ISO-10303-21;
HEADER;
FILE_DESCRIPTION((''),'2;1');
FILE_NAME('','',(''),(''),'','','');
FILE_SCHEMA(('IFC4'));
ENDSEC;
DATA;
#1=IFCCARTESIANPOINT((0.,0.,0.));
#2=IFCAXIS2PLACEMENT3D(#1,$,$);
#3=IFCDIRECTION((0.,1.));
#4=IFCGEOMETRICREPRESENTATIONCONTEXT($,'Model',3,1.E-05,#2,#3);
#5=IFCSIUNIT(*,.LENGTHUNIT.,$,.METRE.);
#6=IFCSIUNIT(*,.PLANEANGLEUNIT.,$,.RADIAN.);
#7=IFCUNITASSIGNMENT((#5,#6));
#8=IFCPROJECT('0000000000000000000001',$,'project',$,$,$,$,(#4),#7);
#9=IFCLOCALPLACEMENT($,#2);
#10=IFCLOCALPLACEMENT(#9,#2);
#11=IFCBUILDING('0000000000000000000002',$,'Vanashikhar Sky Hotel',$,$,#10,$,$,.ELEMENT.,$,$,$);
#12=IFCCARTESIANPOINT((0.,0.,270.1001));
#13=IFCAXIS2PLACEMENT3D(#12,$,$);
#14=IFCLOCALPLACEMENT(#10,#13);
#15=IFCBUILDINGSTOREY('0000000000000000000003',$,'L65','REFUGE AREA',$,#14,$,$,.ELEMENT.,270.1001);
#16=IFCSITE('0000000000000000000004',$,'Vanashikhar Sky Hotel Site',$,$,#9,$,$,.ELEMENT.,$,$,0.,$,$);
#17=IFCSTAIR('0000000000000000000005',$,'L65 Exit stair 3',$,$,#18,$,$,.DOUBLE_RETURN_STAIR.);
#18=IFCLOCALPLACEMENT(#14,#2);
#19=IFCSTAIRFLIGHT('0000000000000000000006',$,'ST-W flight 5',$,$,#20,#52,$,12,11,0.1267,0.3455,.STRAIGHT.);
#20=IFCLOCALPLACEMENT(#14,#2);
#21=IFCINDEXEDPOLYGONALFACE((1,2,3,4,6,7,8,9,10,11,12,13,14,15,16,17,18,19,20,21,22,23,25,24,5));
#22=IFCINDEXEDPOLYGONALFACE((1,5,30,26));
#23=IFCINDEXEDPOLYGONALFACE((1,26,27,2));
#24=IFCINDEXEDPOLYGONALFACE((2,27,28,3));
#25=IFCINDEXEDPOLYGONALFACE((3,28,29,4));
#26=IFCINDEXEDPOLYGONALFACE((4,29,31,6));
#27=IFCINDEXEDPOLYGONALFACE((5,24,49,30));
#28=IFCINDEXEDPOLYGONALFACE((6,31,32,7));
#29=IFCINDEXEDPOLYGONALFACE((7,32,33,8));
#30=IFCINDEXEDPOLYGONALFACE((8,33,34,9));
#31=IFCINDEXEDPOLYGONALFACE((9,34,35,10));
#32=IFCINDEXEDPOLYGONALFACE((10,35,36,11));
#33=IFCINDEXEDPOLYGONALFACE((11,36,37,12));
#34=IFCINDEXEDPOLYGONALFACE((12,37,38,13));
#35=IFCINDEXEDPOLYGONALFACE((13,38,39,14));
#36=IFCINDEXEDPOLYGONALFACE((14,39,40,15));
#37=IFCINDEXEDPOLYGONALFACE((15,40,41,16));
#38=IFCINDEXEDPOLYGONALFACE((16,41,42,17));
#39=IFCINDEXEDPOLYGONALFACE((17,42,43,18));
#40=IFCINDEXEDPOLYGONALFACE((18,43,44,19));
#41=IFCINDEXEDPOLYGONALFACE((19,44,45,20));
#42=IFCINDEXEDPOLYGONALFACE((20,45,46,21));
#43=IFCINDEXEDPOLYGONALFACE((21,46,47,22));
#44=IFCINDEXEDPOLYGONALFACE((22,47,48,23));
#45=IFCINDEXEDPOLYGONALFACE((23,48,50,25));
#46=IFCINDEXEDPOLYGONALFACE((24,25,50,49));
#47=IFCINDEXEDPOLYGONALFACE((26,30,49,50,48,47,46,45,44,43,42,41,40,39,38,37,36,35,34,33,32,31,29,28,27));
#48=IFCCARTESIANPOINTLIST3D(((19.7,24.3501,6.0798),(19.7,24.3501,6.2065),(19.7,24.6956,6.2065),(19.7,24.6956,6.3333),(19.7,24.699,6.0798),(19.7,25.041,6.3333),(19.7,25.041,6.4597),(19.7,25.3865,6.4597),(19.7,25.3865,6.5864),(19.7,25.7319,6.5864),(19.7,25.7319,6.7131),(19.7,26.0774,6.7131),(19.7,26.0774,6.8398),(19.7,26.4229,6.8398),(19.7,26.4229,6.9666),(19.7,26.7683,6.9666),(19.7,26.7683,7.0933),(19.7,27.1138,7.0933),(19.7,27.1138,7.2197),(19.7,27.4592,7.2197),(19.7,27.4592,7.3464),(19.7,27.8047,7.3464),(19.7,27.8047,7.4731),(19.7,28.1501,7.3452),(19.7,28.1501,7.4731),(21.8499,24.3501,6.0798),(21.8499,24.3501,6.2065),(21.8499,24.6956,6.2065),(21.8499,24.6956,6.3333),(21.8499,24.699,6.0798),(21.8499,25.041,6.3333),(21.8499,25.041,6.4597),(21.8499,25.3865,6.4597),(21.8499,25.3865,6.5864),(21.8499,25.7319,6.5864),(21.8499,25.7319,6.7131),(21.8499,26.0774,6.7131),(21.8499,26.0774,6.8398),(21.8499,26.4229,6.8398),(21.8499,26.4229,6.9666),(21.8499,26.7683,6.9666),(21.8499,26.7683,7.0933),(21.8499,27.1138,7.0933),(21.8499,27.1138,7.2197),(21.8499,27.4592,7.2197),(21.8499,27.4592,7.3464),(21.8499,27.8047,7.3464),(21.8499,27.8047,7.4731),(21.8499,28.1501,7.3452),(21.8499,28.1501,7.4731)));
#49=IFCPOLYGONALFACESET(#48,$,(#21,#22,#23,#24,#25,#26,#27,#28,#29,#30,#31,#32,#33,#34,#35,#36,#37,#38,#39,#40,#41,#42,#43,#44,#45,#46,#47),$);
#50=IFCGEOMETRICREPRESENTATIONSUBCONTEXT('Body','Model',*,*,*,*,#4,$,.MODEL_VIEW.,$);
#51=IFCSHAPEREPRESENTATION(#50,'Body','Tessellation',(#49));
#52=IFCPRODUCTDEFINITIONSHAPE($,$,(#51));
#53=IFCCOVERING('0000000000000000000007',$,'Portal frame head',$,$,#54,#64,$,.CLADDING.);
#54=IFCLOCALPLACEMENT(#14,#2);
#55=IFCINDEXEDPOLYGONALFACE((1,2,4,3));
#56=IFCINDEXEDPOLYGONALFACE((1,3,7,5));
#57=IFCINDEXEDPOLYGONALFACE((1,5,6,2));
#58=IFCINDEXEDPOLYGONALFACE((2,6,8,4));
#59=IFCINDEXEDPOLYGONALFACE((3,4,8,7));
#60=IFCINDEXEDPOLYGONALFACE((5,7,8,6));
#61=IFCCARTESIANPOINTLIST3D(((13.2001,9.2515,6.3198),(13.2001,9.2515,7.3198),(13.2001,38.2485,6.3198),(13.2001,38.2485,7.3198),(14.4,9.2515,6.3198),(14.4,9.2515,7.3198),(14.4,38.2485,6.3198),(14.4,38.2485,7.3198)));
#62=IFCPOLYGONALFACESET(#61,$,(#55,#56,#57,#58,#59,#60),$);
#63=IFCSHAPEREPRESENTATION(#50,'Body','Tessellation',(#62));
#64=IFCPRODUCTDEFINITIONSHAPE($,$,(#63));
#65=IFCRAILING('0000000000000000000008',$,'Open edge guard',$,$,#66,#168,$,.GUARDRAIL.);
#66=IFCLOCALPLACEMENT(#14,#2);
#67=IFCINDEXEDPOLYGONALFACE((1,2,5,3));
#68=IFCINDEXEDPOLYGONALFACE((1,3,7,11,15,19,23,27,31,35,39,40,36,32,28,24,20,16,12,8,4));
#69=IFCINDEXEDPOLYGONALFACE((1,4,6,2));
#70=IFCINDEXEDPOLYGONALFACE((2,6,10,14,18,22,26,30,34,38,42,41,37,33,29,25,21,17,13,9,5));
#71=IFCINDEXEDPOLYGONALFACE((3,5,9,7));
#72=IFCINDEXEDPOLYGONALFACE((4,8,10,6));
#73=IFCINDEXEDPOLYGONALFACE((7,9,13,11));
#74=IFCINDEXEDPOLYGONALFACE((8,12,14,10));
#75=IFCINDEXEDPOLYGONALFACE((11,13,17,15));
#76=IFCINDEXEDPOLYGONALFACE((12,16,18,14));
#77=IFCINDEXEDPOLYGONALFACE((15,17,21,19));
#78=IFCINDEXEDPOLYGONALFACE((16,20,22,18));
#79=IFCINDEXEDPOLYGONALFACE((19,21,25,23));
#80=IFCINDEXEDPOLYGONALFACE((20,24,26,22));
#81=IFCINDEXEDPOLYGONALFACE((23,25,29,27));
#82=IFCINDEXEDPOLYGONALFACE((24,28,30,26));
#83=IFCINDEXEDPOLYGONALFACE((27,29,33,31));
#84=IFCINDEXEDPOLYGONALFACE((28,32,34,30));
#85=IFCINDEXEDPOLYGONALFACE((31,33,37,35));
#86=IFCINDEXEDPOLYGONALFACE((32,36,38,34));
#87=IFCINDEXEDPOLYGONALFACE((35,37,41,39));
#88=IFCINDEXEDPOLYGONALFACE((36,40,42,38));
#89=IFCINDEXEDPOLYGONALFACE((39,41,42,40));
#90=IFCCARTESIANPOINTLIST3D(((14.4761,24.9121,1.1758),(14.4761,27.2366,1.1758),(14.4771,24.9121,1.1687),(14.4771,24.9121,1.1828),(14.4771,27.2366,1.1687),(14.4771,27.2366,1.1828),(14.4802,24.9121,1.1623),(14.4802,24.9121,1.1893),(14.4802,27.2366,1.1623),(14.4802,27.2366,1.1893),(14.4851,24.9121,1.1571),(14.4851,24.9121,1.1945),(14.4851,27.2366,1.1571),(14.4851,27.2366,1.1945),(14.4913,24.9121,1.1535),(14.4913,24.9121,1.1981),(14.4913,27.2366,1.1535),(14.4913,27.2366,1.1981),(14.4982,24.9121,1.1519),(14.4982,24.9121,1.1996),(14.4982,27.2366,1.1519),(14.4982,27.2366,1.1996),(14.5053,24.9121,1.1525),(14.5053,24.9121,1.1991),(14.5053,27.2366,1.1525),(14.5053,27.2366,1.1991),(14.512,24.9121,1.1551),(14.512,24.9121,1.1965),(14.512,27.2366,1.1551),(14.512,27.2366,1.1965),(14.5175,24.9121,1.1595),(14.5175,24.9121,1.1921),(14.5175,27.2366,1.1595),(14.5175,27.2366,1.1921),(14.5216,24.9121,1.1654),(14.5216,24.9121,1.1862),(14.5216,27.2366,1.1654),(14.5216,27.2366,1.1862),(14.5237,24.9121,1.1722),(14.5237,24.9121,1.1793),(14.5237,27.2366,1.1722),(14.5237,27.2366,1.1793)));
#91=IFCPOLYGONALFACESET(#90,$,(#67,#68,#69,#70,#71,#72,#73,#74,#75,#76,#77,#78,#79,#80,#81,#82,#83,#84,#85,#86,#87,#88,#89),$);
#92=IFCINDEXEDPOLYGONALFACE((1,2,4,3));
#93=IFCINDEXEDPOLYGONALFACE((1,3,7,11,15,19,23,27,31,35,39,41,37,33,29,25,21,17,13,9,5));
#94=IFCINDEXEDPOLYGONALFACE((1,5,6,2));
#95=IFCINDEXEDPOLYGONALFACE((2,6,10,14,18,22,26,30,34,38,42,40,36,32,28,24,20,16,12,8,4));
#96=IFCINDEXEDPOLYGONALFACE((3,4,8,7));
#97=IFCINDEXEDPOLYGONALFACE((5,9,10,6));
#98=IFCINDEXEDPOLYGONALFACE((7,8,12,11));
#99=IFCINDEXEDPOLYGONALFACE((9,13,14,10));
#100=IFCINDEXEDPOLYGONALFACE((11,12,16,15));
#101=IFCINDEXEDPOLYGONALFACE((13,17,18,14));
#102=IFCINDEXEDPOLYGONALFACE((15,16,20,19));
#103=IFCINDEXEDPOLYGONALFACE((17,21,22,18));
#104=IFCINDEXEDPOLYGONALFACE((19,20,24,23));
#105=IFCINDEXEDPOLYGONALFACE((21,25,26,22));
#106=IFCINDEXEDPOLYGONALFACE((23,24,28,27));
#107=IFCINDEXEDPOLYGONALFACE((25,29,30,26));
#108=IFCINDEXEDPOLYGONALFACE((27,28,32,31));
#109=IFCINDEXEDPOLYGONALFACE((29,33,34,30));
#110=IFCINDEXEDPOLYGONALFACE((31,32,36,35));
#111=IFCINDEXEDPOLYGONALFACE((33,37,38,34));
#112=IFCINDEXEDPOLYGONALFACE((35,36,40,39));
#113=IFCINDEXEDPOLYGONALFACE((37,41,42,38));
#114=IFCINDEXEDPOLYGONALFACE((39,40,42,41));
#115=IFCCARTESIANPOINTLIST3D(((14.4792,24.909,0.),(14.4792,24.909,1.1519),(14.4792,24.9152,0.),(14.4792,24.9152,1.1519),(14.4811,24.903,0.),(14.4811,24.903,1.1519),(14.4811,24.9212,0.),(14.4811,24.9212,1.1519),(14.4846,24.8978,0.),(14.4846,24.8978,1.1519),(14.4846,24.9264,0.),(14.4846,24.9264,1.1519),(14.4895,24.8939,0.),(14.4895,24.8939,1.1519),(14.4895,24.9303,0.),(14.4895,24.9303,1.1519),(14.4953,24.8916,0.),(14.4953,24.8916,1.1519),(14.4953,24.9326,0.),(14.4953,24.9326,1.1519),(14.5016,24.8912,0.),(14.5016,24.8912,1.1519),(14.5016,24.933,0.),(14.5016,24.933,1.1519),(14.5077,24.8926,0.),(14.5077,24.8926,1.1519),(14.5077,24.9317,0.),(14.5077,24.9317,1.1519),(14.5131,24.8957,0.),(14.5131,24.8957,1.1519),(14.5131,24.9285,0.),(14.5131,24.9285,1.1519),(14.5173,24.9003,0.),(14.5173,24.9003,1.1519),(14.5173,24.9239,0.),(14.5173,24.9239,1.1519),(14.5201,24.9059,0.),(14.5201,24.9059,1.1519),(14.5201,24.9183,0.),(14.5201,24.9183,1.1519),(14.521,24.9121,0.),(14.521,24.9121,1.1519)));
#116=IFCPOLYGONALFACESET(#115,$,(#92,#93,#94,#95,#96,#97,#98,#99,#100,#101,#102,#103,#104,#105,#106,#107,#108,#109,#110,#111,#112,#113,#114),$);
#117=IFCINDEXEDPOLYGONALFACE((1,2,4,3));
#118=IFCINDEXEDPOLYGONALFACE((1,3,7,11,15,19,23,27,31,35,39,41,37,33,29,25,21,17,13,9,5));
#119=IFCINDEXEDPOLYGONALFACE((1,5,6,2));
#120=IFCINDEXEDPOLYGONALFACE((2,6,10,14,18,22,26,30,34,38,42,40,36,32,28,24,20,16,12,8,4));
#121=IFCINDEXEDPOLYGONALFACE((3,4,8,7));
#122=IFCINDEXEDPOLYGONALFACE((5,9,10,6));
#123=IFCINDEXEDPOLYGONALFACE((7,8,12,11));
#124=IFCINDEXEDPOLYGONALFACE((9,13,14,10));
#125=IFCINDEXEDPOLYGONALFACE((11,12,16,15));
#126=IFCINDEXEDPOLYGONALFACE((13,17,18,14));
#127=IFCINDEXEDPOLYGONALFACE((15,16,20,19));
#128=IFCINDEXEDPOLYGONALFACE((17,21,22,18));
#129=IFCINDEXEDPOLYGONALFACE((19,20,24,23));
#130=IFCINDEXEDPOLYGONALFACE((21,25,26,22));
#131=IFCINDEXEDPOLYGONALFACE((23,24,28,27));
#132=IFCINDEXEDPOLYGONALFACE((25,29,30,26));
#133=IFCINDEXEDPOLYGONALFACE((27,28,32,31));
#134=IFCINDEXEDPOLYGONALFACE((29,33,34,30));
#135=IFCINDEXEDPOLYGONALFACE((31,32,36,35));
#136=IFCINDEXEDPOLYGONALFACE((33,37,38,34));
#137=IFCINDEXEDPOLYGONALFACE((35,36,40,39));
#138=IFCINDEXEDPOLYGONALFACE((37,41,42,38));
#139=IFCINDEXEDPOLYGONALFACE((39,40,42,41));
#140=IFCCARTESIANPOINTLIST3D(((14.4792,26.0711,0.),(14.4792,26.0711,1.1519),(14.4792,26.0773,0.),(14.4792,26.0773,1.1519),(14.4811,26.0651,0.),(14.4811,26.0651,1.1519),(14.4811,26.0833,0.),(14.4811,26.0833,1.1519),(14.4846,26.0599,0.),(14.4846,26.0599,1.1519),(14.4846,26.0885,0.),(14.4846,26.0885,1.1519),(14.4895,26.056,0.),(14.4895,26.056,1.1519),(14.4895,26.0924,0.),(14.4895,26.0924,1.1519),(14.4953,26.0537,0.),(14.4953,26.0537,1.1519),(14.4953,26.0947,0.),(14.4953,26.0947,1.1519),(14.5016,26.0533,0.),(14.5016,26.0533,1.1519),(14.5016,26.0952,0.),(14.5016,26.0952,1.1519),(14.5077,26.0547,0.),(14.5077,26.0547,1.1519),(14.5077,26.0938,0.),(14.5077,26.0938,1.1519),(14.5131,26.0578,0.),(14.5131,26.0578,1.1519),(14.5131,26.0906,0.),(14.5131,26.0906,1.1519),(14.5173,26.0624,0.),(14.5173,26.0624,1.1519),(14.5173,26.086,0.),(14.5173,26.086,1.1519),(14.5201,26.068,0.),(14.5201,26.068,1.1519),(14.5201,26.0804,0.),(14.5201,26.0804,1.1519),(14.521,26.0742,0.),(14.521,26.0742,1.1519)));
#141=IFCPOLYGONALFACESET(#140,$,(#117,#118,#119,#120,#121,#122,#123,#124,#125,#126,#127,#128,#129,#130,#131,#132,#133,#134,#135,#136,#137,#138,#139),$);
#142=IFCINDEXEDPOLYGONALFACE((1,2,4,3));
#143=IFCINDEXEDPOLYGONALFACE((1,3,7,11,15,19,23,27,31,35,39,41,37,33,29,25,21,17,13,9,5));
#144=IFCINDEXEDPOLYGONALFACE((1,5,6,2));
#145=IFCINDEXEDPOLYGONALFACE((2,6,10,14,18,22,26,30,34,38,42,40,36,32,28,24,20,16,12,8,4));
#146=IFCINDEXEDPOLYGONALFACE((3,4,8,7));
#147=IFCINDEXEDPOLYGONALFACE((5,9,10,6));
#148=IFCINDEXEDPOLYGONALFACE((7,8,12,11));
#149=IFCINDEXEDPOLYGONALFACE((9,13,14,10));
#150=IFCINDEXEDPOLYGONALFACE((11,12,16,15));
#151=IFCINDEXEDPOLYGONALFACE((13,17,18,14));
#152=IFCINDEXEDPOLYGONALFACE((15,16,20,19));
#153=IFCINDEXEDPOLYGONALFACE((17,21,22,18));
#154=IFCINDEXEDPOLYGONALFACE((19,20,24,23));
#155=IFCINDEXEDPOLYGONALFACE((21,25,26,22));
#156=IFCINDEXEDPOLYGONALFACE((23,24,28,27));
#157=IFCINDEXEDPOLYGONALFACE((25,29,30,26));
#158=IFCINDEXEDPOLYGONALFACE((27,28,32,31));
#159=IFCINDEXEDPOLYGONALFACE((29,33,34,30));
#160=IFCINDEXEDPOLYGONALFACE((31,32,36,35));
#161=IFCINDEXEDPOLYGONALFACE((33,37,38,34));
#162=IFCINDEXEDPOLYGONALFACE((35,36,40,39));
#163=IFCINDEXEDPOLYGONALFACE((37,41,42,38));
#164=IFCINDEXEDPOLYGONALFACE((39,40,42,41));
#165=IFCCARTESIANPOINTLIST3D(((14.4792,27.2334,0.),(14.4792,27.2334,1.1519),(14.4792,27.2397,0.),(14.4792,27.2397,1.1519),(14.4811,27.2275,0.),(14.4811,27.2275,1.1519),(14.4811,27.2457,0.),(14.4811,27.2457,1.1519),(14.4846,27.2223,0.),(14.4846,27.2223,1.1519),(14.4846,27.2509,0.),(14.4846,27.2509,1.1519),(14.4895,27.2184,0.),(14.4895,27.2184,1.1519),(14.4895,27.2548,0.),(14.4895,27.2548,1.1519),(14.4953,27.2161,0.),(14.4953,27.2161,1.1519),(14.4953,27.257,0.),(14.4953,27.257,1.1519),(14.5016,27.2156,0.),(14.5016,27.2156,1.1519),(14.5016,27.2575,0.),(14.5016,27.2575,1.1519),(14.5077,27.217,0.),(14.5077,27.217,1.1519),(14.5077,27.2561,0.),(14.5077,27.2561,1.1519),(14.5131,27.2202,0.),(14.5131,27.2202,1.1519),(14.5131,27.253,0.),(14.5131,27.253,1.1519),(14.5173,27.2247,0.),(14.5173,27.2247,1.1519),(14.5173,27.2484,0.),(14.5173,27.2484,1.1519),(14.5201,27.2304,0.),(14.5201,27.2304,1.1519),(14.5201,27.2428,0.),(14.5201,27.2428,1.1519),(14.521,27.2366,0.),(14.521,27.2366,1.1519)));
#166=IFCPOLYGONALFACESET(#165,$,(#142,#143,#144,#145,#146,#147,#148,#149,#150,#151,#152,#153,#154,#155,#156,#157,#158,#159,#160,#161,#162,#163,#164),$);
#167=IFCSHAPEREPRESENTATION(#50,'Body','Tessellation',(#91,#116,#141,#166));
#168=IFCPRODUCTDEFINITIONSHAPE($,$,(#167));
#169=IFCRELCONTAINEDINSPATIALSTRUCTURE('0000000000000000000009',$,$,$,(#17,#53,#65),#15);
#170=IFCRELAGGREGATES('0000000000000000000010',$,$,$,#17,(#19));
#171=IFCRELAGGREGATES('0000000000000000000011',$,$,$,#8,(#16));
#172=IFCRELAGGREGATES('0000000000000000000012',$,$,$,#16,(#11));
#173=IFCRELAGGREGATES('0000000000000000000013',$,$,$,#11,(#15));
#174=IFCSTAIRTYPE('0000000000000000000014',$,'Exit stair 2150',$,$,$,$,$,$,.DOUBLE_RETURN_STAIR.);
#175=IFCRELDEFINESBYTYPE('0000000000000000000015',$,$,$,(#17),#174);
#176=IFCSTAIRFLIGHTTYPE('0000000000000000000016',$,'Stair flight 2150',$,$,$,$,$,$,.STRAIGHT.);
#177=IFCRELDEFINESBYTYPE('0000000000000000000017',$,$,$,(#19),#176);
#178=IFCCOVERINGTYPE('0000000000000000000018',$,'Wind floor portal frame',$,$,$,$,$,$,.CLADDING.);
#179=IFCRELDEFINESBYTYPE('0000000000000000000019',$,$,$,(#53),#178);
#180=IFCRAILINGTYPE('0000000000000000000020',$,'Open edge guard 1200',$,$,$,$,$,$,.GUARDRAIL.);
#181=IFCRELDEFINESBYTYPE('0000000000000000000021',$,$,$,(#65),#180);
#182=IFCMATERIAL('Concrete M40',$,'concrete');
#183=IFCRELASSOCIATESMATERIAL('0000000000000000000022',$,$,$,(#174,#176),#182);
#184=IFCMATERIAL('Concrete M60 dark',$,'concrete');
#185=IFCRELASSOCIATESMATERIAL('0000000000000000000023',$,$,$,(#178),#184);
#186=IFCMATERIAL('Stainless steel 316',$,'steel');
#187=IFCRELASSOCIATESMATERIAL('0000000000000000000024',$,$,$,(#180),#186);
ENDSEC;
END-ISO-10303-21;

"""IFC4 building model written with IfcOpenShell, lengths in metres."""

from ifc_helpers import new_model, si_unit, direction, frame, origin, origin_2d, place, context, subcontext, project, spatial, polyline, rectangle, circle, outline, extrude, source, transform, mapped, material, type_object, element, aggregate, save


model = new_model("IFC4")

# Units and contexts
model_context = context("Model", 3, precision=1e-05, world=origin(), true_north=direction((0.0, 1.0)))
body_context = subcontext(model_context, "Body", "Model", "MODEL_VIEW")
ifc_project = project(units=[si_unit("LENGTHUNIT", "METRE"), si_unit("PLANEANGLEUNIT", "RADIAN")], contexts=[model_context])

# Site, building, storey
site_placement = place(None, origin())
site = spatial("IfcSite", under=ifc_project, at=site_placement, Name="Vanashikhar Sky Hotel Site", CompositionType="ELEMENT", RefElevation=0.0)
building_placement = place(site_placement, origin())
building = spatial("IfcBuilding", under=site, at=building_placement, Name="Vanashikhar Sky Hotel", CompositionType="ELEMENT")
storey_placement = place(building_placement, frame((0.0, 0.0, 270.1001)))
storey = spatial("IfcBuildingStorey", under=building, at=storey_placement, Name="L65", Description="REFUGE AREA", CompositionType="ELEMENT", Elevation=270.1001)

# Stair, stair flight
ifc_material_1 = material(Name="Concrete M40", Category="concrete")
stair_type = type_object("IfcStairType", Name="Exit stair 2150", PredefinedType="DOUBLE_RETURN_STAIR", material=ifc_material_1)
stair_placement = place(storey_placement, origin())
stair = element("IfcStair", 1, at=stair_placement, inside=storey, type_object=stair_type, Name="L65 Exit stair 3", PredefinedType="DOUBLE_RETURN_STAIR")
stair_flight_type = type_object("IfcStairFlightType", Name="Stair flight 2150", PredefinedType="STRAIGHT", material=ifc_material_1)
shared_shape_1 = source(origin(), body_context, "Body", "SweptSolid", [
    extrude(outline(polyline([(0.0, 0.0), (0.0, 0.1267), (0.3455, 0.1267), (0.3455, 0.2534), (0.6909, 0.2534), (0.6909, 0.3799), (1.0364, 0.3799), (1.0364, 0.5066), (1.3818, 0.5066), (1.3818, 0.6333), (1.7273, 0.6333), (1.7273, 0.76), (2.0728, 0.76), (2.0728, 0.8867), (2.4182, 0.8867), (2.4182, 1.0134), (2.7637, 1.0134), (2.7637, 1.1399), (3.1091, 1.1399), (3.1091, 1.2666), (3.4546, 1.2666), (3.4546, 1.3933), (3.8, 1.3933), (3.8, 1.52), (3.8, 1.2654), (0.3489, 0.0), (0.0, 0.0)])), frame((0.0, 1.075, 0.0), z_axis=(0.0, -1.0, 0.0), x_axis=(1.0, 0.0, 0.0)), (0.0, 0.0, 1.0), 2.1499),
])
stair_flight_1_placement = place(storey_placement, frame((20.7749, 24.3501, 6.0798), z_axis=(0.0, 0.0, 1.0), x_axis=(0.0, 1.0, 0.0)))
stair_flight_1 = element("IfcStairFlight", 2, at=stair_flight_1_placement, type_object=stair_flight_type, Name="ST-W flight 5", NumberOfRisers=12, NumberOfTreads=11, PredefinedType="STRAIGHT", RiserHeight=0.1267, TreadLength=0.3455, context=body_context, shape_type="MappedRepresentation", body=[
    mapped(shared_shape_1, transform((0.0, 0.0, 0.0), scale=1.0)),
])
aggregate(stair, [stair_flight_1])

# Covering
ifc_material_2 = material(Name="Concrete M60 dark", Category="concrete")
covering_type = type_object("IfcCoveringType", Name="Wind floor portal frame", PredefinedType="CLADDING", material=ifc_material_2)
shared_shape_2 = source(origin(), body_context, "Body", "SweptSolid", [
    extrude(rectangle(XDim=28.9971, YDim=1.2, at=origin_2d()), origin(), (0.0, 0.0, 1.0), 1.0),
])
covering_1_placement = place(storey_placement, frame((13.8, 23.75, 6.3198), z_axis=(0.0, 0.0, 1.0), x_axis=(0.0, -1.0, 0.0)))
element("IfcCovering", 3, at=covering_1_placement, inside=storey, type_object=covering_type, Name="Portal frame head", PredefinedType="CLADDING", context=body_context, shape_type="MappedRepresentation", body=[
    mapped(shared_shape_2, transform((0.0, 0.0, 0.0), scale=1.0)),
])

# Railing
ifc_material_3 = material(Name="Stainless steel 316", Category="steel")
railing_type_1 = type_object("IfcRailingType", Name="Open edge guard 1200", PredefinedType="GUARDRAIL", material=ifc_material_3)
shared_shape_3 = source(origin(), body_context, "Body", "SweptSolid", [
    extrude(circle(Radius=0.0239, at=origin_2d()), frame((0.0, 0.0, 1.1758), z_axis=(0.0, 1.0, 0.0), x_axis=(-1.0, 0.0, 0.0)), (0.0, 0.0, 1.0), 2.3245),
    extrude(circle(Radius=0.021, at=origin_2d()), origin(), (0.0, 0.0, 1.0), 1.1519),
    extrude(circle(Radius=0.021, at=origin_2d()), frame((0.0, 1.1621, 0.0)), (0.0, 0.0, 1.0), 1.1519),
    extrude(circle(Radius=0.021, at=origin_2d()), frame((0.0, 2.3245, 0.0)), (0.0, 0.0, 1.0), 1.1519),
])
for number, where, name in (
    (4, (14.5, 24.9121, 0.0), "Open edge guard"),
):
    element("IfcRailing", number, at=place(storey_placement, frame(where)), inside=storey, type_object=railing_type_1, Name=name, PredefinedType="GUARDRAIL", context=body_context, shape_type="MappedRepresentation", body=[
        mapped(shared_shape_3, transform((0.0, 0.0, 0.0), scale=1.0)),
    ])

save(model, "model.ifc")
